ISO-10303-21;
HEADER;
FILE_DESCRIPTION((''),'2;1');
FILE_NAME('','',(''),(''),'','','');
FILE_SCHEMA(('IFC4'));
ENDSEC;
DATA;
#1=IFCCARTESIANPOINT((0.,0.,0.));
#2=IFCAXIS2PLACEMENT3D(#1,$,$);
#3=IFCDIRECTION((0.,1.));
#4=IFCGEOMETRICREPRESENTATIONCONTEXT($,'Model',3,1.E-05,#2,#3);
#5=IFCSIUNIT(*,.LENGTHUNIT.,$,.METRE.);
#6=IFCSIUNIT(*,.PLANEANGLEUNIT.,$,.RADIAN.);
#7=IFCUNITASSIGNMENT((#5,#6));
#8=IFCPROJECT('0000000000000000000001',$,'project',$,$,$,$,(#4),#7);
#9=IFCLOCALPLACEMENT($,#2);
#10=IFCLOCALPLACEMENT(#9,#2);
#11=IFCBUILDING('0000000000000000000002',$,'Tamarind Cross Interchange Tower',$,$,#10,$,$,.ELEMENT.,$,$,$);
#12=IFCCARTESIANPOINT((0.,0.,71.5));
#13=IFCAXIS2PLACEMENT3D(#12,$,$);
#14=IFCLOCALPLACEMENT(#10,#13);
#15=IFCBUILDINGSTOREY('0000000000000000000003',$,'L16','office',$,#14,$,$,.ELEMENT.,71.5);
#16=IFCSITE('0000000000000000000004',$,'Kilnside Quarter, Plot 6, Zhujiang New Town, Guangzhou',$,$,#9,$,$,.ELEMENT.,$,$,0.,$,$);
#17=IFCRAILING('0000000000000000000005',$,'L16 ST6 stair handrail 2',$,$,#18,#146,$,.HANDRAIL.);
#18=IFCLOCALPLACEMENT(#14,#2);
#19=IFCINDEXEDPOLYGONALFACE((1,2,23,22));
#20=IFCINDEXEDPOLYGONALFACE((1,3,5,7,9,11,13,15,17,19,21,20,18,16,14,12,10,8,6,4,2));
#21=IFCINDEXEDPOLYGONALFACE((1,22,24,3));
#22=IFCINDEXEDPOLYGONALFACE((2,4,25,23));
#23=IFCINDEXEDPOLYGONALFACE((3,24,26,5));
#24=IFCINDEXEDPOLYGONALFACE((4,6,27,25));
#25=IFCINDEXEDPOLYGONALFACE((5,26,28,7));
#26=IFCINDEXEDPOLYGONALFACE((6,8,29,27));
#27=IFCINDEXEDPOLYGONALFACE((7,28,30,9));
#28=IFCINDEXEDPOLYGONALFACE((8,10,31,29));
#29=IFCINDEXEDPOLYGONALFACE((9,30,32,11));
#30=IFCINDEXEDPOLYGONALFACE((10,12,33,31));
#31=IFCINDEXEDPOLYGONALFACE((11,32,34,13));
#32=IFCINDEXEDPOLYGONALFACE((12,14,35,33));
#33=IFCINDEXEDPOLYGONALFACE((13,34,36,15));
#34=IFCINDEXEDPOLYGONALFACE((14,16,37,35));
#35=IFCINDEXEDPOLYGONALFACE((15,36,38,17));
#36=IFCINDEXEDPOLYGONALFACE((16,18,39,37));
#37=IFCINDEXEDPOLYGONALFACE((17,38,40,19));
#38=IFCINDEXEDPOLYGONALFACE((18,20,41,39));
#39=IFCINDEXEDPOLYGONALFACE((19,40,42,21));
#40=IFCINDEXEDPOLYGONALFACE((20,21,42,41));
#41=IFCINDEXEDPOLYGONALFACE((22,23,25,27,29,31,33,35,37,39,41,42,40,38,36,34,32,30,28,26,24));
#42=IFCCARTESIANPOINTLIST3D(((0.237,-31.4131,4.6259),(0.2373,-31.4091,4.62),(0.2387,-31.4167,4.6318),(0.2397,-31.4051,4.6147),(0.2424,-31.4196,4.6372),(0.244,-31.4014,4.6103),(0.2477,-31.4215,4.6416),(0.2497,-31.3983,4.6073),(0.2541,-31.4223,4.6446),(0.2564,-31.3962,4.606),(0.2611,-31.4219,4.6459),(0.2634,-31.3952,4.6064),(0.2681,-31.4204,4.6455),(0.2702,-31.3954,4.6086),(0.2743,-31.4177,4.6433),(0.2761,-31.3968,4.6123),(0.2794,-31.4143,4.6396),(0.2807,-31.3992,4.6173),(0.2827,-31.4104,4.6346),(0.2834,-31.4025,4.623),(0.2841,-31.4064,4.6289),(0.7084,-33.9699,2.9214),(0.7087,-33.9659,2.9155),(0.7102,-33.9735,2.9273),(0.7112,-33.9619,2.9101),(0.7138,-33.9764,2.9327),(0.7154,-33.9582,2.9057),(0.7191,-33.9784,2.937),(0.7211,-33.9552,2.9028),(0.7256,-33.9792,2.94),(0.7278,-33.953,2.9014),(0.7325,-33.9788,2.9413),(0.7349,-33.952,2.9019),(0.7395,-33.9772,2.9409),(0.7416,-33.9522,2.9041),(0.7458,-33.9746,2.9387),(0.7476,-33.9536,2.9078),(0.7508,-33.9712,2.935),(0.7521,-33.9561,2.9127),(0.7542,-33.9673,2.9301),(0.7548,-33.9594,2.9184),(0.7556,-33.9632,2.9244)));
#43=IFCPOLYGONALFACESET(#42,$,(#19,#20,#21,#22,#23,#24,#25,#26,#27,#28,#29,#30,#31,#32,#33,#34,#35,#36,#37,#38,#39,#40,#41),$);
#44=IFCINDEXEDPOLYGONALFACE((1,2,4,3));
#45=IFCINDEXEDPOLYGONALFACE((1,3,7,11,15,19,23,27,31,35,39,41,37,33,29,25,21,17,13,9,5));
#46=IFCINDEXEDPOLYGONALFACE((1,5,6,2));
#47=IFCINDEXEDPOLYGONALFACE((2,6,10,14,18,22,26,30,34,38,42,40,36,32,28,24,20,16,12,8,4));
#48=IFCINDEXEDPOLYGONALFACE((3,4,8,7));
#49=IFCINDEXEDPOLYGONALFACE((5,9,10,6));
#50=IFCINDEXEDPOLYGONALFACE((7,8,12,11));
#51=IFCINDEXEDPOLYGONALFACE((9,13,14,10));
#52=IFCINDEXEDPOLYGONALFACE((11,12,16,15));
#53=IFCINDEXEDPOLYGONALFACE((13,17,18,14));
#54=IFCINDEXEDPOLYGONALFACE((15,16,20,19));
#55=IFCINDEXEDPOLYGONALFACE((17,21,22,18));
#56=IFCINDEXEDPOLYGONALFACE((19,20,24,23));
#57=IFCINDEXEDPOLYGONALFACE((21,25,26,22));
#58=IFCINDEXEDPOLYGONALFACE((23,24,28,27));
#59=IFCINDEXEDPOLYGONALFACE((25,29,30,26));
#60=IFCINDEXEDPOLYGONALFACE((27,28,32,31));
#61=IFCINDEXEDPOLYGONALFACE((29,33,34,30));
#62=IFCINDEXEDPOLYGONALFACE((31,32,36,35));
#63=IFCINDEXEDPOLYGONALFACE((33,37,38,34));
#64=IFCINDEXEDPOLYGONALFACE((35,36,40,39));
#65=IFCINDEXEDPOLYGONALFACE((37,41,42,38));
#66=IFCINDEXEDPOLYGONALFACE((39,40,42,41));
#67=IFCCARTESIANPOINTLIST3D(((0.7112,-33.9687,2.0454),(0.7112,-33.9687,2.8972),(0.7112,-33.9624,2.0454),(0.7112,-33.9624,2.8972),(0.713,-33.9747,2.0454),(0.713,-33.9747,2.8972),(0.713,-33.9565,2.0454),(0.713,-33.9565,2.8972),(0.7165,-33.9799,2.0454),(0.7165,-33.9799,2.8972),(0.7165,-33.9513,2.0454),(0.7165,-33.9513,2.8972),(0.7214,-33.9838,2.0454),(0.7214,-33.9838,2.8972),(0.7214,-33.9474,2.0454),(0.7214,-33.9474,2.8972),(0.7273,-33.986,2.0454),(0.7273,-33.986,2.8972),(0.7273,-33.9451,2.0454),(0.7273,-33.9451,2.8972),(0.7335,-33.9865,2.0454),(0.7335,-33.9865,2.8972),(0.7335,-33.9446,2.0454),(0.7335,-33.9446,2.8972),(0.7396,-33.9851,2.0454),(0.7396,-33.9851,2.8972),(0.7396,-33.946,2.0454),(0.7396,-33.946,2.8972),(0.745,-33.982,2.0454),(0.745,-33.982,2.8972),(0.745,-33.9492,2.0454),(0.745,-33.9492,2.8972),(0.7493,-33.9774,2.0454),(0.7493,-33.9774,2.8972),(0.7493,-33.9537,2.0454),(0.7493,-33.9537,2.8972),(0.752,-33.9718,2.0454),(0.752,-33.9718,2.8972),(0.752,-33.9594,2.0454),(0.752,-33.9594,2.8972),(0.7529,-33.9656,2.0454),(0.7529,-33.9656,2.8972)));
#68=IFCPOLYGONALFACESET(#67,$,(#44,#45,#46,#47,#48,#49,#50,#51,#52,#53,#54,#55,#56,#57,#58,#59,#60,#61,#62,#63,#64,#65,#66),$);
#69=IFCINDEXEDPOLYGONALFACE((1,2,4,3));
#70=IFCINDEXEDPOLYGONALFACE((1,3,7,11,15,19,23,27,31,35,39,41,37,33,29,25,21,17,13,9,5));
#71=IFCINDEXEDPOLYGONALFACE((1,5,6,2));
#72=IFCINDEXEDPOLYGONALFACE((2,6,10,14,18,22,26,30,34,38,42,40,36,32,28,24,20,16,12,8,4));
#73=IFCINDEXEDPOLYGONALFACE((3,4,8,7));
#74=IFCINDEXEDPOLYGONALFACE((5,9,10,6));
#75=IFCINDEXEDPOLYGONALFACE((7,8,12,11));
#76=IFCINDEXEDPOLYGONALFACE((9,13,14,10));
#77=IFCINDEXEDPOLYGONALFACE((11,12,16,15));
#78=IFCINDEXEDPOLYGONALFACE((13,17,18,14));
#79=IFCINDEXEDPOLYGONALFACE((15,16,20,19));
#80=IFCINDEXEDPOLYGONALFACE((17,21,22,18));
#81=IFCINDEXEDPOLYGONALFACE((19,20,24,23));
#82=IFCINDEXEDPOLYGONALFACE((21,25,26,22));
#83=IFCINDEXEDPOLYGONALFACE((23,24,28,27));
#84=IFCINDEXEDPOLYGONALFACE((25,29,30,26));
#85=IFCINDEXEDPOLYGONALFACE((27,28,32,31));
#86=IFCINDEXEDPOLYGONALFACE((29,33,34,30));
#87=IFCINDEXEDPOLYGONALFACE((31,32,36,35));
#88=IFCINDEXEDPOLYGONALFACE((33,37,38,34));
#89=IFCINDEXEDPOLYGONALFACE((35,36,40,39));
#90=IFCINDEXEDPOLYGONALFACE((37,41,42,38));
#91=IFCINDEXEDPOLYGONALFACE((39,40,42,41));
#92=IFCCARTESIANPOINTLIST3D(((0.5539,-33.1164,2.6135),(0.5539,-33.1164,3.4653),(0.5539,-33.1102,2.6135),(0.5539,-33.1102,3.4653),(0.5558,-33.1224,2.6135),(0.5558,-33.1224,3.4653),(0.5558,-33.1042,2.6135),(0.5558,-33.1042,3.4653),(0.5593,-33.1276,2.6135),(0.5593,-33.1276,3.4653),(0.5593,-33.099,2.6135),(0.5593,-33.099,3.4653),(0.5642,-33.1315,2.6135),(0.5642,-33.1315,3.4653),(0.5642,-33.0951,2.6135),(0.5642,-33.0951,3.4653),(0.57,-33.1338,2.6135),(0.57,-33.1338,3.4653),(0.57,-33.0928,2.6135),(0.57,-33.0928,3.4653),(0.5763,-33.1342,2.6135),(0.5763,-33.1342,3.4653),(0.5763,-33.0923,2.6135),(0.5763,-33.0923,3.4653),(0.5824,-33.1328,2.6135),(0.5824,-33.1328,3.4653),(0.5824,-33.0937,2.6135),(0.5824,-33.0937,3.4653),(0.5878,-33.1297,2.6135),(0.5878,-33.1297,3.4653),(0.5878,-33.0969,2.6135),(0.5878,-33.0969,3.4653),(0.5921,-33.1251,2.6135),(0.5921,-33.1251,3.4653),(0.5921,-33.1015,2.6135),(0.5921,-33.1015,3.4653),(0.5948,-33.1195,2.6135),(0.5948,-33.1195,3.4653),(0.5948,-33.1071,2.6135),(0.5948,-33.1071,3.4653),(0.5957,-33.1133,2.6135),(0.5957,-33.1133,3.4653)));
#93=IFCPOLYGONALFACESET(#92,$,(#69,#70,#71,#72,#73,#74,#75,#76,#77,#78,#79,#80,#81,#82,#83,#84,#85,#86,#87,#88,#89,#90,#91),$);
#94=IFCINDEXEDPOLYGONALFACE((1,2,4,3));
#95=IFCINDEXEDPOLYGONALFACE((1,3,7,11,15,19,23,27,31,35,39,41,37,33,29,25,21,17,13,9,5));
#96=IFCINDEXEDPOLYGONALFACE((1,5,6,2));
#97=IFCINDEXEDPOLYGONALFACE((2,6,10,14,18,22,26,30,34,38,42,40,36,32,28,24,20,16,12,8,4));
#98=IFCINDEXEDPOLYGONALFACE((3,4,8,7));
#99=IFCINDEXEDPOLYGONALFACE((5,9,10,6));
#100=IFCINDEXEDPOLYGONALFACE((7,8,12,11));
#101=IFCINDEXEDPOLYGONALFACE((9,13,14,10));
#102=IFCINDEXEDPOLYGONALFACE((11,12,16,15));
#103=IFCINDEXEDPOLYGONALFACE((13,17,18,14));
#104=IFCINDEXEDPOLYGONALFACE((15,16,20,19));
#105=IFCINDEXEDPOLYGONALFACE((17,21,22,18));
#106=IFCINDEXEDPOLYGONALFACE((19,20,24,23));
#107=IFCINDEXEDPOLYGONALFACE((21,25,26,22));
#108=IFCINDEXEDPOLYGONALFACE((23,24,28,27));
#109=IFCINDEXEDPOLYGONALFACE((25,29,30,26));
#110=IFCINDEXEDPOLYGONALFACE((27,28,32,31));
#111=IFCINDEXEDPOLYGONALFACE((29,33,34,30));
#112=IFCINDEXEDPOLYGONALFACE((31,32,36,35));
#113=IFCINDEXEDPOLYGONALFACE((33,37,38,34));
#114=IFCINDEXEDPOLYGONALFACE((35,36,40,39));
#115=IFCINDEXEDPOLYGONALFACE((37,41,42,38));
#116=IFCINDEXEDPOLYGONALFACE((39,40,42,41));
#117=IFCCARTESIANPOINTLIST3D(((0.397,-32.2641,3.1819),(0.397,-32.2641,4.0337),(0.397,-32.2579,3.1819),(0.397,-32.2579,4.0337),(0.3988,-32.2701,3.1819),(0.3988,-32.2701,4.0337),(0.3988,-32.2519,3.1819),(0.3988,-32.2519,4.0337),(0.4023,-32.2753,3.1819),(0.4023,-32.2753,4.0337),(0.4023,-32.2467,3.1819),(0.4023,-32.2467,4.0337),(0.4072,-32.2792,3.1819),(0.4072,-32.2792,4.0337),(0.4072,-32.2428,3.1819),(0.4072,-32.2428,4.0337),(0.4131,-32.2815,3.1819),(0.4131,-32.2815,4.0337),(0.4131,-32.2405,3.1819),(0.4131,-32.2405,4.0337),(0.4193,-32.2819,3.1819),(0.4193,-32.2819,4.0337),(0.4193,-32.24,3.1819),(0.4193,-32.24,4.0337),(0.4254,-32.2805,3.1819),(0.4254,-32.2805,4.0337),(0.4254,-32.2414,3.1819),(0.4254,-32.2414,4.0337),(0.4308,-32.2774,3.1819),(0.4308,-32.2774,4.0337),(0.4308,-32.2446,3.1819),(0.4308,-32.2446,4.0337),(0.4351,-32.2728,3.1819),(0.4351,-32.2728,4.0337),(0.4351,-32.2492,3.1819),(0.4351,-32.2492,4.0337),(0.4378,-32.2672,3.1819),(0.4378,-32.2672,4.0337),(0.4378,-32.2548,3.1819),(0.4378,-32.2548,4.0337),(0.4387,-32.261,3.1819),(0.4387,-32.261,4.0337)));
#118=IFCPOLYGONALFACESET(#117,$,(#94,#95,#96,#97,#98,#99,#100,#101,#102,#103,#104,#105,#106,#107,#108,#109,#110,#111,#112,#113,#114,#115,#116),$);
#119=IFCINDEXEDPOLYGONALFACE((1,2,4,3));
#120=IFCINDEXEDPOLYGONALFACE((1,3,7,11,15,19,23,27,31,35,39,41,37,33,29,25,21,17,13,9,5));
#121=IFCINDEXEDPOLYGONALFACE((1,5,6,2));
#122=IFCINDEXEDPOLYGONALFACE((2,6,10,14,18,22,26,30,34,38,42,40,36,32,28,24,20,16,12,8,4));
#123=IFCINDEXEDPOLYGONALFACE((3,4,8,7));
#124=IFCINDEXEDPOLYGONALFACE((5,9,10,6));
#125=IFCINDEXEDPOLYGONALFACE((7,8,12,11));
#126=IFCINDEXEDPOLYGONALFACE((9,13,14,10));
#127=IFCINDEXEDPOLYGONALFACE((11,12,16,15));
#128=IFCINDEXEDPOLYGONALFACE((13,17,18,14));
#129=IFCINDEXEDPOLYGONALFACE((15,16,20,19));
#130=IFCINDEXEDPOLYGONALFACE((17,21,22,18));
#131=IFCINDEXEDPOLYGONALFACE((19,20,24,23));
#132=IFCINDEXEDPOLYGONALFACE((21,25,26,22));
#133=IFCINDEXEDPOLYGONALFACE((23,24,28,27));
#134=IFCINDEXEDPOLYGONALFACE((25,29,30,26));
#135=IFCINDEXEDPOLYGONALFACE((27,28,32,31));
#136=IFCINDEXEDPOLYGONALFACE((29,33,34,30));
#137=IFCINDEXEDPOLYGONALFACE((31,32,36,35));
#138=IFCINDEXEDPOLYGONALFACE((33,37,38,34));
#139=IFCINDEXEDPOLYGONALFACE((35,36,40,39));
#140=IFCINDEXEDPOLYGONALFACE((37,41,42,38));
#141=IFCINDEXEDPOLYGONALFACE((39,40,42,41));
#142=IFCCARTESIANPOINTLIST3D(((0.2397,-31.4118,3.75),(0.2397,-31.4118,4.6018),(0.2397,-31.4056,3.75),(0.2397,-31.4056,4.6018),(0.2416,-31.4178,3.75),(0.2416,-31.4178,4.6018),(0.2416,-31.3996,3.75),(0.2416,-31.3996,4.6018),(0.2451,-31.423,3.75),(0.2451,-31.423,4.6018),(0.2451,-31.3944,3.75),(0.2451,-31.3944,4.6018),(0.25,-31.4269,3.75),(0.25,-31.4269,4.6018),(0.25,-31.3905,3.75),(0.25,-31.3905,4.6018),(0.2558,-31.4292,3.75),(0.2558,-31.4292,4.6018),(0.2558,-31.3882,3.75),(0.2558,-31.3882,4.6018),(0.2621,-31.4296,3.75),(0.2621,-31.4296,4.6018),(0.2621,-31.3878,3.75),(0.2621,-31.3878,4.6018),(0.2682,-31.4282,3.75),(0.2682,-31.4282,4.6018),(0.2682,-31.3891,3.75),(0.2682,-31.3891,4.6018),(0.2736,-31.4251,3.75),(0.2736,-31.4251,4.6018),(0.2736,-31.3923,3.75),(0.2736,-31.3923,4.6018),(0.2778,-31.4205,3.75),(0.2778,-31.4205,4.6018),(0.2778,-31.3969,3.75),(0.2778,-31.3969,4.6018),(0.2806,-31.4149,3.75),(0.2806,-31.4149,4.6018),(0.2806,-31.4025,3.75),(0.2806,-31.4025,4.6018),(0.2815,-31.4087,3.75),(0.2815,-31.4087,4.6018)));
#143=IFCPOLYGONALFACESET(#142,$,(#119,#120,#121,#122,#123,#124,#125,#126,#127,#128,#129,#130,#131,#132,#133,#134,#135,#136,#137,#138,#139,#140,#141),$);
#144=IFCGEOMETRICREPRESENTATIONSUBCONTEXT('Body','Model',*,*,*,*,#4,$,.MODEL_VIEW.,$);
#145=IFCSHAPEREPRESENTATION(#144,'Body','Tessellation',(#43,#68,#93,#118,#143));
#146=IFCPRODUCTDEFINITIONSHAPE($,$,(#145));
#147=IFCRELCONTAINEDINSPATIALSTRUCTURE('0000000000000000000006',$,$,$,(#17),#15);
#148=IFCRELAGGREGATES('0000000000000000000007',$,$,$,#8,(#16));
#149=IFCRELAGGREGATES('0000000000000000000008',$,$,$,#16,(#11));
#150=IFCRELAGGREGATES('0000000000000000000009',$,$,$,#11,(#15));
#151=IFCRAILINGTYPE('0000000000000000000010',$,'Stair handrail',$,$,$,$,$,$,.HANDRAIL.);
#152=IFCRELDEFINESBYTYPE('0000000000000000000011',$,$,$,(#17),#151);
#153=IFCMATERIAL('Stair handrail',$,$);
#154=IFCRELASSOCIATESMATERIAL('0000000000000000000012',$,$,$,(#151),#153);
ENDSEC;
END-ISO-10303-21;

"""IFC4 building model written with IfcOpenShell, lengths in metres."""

from ifc_helpers import new_model, si_unit, direction, frame, origin, origin_2d, place, context, subcontext, project, spatial, circle, extrude, material, type_object, element, save


model = new_model("IFC4")

# Units and contexts
model_context = context("Model", 3, precision=1e-05, world=origin(), true_north=direction((0.0, 1.0)))
body_context = subcontext(model_context, "Body", "Model", "MODEL_VIEW")
ifc_project = project(units=[si_unit("LENGTHUNIT", "METRE"), si_unit("PLANEANGLEUNIT", "RADIAN")], contexts=[model_context])

# Site, building, storey
site_placement = place(None, origin())
site = spatial("IfcSite", under=ifc_project, at=site_placement, Name="Kilnside Quarter, Plot 6, Zhujiang New Town, Guangzhou", CompositionType="ELEMENT", RefElevation=0.0)
building_placement = place(site_placement, origin())
building = spatial("IfcBuilding", under=site, at=building_placement, Name="Tamarind Cross Interchange Tower", CompositionType="ELEMENT")
storey_placement = place(building_placement, frame((0.0, 0.0, 71.5)))
storey = spatial("IfcBuildingStorey", under=building, at=storey_placement, Name="L16", Description="office", CompositionType="ELEMENT", Elevation=71.5)

# Railing
ifc_material_1 = material(Name="Stair handrail")
railing_type = type_object("IfcRailingType", Name="Stair handrail", PredefinedType="HANDRAIL", material=ifc_material_1)
railing_placement = place(storey_placement, frame((0.7319, -33.9656, 2.0454)))
element("IfcRailing", 1, at=railing_placement, inside=storey, type_object=railing_type, Name="L16 ST6 stair handrail 2", PredefinedType="HANDRAIL", context=body_context, shape_type="SweptSolid", body=[
    extrude(circle(Radius=0.0239, at=origin_2d()), frame((0.0, 0.0, 0.876), z_axis=(-0.151638, 0.822428, 0.548286), x_axis=(-0.983424, -0.181323, 0.0)), (0.0, 0.0, 1.0), 3.1089),
    extrude(circle(Radius=0.021, at=origin_2d()), origin(), (0.0, 0.0, 1.0), 0.8518),
    extrude(circle(Radius=0.021, at=origin_2d()), frame((-0.1572, 0.8523, 0.5681)), (0.0, 0.0, 1.0), 0.8518),
    extrude(circle(Radius=0.021, at=origin_2d()), frame((-0.3142, 1.7046, 1.1365)), (0.0, 0.0, 1.0), 0.8518),
    extrude(circle(Radius=0.021, at=origin_2d()), frame((-0.4714, 2.5569, 1.7046)), (0.0, 0.0, 1.0), 0.8518),
])

save(model, "model.ifc")
